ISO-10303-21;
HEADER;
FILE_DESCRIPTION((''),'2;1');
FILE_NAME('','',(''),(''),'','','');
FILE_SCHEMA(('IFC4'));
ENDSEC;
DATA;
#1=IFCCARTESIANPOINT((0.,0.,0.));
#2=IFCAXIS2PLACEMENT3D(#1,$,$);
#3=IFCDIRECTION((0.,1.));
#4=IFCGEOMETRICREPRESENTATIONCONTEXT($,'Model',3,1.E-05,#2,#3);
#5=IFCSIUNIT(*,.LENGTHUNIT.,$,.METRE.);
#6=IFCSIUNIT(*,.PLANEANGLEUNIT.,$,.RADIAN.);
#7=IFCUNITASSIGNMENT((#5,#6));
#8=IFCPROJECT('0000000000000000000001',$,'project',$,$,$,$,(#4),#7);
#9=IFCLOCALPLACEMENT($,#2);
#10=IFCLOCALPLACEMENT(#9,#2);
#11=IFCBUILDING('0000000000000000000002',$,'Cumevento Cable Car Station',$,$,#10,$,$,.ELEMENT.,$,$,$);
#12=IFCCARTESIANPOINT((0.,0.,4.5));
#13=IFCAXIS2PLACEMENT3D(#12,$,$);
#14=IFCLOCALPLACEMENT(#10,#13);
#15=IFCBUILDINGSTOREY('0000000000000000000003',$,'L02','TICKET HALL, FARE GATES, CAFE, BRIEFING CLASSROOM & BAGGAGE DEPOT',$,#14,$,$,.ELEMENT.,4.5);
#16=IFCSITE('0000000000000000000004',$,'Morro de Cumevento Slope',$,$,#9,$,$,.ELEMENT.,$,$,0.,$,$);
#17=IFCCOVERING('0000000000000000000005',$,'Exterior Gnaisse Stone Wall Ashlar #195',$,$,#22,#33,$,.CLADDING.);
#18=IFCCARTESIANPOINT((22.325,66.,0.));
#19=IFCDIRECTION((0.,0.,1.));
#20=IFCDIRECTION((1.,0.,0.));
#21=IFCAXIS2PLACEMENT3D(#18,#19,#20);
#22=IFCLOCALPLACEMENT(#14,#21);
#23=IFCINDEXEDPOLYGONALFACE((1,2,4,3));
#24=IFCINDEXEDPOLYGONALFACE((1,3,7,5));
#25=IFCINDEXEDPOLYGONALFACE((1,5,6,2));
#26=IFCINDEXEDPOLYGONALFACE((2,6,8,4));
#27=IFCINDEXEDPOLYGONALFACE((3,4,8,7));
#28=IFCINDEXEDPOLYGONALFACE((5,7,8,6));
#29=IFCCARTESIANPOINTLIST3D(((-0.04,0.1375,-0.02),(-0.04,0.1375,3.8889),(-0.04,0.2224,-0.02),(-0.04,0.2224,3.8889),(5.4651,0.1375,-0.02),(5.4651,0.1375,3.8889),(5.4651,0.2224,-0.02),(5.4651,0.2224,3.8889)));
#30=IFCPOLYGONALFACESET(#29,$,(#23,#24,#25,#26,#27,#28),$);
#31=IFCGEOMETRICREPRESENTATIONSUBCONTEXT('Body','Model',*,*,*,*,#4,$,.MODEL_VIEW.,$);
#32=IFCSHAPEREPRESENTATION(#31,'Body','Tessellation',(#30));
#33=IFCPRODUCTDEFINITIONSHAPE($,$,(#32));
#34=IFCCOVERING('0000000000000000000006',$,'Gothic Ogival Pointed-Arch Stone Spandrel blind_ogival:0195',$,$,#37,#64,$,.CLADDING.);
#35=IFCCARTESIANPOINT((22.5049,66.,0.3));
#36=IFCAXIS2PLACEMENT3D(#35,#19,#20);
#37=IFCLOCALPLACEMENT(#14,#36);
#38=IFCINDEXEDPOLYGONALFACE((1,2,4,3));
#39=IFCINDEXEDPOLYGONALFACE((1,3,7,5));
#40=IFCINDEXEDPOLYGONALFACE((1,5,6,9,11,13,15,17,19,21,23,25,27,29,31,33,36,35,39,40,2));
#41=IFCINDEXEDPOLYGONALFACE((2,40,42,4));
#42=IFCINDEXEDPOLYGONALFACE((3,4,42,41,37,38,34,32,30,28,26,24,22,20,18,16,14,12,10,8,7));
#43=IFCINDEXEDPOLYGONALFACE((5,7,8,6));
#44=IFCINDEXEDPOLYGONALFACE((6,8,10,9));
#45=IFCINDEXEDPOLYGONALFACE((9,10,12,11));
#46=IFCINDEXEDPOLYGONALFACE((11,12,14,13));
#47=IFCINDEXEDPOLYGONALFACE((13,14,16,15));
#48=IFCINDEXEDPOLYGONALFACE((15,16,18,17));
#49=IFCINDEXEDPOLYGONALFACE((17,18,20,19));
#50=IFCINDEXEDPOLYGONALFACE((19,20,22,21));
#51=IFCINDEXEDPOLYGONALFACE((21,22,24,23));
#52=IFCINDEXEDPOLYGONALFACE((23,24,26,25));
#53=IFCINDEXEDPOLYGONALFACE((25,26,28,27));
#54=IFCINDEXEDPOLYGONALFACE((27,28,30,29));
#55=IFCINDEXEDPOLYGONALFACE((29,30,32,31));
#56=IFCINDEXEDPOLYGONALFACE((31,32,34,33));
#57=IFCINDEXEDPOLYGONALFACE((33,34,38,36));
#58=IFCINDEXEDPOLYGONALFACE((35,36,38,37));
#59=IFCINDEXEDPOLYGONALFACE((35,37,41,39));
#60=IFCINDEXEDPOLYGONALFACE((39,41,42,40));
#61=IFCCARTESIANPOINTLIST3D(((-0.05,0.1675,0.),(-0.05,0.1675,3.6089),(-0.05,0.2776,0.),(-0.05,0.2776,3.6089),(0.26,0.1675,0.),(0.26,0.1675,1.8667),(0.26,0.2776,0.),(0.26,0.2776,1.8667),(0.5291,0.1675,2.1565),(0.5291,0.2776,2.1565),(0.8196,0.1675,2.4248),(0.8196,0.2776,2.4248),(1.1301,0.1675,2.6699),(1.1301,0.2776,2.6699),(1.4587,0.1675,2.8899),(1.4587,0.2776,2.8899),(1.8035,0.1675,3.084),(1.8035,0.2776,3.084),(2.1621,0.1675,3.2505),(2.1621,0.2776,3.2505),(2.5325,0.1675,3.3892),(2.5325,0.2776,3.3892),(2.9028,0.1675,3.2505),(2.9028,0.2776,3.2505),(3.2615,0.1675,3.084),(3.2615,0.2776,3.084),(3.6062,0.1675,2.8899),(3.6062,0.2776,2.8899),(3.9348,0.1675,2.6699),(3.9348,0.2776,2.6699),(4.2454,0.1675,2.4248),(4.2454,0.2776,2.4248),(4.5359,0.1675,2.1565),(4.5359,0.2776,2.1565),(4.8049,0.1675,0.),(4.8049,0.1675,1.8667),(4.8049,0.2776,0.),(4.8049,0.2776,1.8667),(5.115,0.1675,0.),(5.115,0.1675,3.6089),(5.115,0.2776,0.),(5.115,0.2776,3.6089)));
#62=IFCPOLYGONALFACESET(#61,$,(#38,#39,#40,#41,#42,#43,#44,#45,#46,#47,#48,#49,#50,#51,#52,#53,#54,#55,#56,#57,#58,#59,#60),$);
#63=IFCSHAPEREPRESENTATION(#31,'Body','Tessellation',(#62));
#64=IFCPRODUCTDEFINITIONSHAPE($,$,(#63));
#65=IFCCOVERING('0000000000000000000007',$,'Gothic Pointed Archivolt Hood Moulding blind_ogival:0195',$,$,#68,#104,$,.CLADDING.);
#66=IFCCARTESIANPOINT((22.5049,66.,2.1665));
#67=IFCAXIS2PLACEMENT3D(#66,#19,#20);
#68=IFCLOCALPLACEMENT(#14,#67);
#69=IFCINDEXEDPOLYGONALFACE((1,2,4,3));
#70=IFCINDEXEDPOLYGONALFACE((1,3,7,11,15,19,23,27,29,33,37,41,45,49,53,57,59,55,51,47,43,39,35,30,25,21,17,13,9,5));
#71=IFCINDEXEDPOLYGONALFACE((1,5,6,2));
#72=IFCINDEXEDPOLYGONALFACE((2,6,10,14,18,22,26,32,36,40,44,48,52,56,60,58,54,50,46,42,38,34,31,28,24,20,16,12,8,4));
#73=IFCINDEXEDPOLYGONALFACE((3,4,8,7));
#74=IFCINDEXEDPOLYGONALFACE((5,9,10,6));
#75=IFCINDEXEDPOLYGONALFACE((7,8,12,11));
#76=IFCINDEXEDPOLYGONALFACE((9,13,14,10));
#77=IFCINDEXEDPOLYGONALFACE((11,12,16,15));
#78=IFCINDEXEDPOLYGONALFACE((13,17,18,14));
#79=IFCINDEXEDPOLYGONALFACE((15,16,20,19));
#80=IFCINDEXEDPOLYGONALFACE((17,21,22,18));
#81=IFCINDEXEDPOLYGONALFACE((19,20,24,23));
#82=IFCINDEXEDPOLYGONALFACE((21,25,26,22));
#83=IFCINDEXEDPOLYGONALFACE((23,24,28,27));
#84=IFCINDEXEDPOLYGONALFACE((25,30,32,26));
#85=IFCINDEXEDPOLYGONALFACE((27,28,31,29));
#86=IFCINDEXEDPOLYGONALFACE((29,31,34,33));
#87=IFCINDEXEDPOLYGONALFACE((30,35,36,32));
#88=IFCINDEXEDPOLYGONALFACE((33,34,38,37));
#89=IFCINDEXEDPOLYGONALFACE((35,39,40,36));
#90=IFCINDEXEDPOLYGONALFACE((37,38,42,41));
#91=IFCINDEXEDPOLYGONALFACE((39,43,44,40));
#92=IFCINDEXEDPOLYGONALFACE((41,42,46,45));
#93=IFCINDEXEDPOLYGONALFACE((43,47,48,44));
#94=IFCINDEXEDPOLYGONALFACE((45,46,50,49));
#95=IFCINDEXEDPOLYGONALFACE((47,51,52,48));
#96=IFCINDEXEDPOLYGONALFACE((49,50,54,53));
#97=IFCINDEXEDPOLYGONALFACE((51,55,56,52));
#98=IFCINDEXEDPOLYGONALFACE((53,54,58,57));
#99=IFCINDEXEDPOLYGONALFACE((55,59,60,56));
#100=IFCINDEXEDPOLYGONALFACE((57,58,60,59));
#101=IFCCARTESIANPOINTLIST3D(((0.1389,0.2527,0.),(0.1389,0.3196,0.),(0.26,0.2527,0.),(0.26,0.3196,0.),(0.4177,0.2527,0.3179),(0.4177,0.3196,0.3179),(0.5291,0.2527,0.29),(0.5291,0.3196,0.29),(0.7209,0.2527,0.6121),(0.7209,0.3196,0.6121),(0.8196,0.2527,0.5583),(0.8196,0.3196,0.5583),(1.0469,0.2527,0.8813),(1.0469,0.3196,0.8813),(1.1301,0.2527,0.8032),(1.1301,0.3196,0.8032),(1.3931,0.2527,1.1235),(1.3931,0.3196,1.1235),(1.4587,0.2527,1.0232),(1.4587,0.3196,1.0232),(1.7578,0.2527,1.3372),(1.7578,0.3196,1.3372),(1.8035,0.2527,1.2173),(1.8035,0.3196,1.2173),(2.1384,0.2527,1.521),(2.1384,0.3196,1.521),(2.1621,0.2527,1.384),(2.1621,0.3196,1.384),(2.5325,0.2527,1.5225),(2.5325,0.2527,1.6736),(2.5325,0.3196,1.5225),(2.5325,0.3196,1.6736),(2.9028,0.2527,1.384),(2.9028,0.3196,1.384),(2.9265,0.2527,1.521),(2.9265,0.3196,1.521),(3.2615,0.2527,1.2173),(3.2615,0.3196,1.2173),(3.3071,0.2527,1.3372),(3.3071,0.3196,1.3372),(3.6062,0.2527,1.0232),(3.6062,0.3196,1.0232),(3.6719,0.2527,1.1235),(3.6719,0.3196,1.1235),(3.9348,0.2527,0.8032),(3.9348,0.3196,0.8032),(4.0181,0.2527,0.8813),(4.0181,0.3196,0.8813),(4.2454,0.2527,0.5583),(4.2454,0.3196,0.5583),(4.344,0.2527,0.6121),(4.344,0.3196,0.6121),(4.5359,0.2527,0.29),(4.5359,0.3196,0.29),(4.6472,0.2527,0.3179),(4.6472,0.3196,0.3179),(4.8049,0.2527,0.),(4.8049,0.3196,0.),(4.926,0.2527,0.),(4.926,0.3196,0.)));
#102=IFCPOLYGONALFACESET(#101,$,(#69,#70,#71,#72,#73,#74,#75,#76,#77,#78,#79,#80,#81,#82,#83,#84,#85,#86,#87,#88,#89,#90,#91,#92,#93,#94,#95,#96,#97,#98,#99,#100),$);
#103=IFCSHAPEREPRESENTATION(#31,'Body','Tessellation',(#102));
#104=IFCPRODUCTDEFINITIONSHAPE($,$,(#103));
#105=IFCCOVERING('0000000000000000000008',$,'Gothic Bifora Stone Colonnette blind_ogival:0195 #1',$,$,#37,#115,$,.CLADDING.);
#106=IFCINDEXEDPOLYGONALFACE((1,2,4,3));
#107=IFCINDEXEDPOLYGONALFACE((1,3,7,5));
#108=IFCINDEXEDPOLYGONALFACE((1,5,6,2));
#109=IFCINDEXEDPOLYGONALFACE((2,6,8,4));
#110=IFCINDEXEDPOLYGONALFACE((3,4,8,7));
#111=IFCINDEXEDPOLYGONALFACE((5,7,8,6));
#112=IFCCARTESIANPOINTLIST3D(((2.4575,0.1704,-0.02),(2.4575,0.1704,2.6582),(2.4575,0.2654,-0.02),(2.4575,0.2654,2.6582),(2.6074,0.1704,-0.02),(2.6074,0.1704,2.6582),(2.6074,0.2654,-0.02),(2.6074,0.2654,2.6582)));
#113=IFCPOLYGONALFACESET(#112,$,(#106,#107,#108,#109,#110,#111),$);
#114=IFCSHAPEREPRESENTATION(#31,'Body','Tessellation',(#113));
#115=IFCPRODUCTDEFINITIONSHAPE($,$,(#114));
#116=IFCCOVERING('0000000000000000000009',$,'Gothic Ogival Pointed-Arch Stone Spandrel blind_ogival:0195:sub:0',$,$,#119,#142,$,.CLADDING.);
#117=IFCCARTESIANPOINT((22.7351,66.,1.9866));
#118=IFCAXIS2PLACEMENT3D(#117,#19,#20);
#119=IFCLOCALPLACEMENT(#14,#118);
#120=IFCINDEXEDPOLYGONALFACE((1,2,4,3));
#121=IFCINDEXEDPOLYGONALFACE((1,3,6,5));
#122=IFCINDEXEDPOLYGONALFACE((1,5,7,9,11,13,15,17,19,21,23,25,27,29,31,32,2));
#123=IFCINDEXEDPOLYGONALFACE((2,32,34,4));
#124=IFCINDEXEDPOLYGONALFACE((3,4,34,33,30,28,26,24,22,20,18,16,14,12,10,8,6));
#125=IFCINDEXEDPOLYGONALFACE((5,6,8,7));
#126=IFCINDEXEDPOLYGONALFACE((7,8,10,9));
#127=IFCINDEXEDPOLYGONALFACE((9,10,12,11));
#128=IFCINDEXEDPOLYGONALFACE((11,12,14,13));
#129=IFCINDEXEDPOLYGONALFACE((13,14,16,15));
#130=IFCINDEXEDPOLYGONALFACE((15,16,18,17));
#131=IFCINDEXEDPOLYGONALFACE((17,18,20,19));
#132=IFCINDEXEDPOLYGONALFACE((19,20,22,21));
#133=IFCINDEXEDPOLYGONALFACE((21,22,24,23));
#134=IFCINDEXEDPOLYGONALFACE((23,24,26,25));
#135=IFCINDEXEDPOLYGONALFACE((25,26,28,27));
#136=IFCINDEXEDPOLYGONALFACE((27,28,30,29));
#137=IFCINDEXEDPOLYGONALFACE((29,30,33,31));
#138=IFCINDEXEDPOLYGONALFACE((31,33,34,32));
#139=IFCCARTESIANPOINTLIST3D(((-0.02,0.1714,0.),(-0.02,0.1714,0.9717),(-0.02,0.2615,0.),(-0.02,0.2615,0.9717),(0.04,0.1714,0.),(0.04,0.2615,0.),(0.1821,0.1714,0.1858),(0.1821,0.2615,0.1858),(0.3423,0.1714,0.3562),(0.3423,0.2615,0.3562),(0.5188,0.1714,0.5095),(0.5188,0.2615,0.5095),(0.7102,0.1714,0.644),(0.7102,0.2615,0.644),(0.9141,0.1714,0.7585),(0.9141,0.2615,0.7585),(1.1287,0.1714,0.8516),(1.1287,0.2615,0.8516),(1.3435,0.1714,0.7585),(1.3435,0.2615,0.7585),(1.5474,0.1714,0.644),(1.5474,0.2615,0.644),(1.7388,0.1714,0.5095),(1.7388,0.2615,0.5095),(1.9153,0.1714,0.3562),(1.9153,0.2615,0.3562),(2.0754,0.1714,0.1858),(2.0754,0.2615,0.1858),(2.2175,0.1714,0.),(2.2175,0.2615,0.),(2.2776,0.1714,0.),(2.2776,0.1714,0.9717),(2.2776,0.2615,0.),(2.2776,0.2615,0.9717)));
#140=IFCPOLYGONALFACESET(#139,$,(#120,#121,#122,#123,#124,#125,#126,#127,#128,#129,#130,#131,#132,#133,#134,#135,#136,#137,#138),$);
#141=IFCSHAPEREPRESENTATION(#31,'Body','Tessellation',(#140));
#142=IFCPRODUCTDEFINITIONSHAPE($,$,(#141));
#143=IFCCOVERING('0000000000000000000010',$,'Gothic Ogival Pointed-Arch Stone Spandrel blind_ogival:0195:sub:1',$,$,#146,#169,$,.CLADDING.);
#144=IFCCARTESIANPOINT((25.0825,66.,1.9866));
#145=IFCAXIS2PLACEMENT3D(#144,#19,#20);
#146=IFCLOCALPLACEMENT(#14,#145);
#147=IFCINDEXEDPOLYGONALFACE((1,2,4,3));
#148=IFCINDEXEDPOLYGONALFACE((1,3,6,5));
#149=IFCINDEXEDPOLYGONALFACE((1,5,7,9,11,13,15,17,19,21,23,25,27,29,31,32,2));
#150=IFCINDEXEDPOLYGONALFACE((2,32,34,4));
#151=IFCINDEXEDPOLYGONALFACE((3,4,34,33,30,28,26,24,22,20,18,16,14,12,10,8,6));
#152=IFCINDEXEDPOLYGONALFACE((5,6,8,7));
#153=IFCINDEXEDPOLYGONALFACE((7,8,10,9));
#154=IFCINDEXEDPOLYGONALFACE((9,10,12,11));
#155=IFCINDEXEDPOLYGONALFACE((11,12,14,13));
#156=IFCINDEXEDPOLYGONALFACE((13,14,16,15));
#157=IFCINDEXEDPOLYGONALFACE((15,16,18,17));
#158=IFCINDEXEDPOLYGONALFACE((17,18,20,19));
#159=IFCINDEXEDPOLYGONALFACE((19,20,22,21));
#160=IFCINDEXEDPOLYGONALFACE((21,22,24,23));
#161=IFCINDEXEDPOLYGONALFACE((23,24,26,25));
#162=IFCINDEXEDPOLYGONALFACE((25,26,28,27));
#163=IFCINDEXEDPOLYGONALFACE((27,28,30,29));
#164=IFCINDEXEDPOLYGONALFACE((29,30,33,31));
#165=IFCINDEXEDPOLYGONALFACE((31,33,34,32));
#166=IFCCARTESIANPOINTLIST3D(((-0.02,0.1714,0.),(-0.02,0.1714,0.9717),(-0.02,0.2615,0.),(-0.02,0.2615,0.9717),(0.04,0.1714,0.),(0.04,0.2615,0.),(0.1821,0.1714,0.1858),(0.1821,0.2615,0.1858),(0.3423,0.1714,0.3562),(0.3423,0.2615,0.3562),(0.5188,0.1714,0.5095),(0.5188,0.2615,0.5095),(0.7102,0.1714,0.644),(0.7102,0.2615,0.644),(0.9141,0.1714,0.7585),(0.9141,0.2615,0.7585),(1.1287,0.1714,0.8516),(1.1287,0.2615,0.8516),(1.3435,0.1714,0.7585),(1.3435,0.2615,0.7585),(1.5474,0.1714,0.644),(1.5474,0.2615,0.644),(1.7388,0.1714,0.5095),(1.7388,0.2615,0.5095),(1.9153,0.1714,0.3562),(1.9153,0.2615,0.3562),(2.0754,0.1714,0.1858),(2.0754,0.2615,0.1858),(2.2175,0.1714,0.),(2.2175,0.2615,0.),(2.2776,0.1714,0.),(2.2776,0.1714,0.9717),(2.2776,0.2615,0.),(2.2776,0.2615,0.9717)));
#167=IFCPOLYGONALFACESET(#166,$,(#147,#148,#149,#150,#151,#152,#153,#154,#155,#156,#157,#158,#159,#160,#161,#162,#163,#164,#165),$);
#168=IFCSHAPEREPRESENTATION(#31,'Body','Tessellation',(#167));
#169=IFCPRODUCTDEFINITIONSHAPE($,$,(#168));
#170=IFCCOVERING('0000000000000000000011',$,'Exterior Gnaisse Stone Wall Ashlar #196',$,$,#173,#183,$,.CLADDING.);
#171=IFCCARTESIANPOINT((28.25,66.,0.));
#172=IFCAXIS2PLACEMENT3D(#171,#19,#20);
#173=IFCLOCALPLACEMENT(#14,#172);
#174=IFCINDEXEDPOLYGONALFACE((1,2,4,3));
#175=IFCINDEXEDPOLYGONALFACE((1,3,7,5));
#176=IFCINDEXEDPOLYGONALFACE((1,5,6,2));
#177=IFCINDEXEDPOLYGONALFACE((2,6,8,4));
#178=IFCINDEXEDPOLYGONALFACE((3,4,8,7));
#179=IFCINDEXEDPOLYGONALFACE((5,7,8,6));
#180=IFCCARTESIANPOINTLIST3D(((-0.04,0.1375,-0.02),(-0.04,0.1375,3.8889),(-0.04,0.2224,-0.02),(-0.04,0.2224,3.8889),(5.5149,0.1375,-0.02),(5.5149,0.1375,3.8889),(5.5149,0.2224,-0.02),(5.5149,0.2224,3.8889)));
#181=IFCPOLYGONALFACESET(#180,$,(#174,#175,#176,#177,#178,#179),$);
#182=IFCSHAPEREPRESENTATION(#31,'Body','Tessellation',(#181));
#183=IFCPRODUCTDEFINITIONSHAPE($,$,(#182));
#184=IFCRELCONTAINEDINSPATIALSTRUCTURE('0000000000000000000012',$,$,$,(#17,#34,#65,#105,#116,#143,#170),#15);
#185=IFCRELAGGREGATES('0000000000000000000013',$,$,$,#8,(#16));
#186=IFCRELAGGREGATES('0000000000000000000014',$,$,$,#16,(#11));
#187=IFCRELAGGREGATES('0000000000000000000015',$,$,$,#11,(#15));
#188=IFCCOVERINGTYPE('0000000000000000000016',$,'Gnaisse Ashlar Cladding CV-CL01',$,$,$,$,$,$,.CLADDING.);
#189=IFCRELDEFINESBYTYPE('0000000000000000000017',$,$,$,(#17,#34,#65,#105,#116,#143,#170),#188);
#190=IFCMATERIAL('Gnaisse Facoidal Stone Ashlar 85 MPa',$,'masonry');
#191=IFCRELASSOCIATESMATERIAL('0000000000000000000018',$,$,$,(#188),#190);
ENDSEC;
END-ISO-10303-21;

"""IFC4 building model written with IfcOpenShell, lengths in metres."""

from ifc_helpers import new_model, si_unit, direction, frame, origin, place, context, subcontext, project, spatial, polyline, outline, extrude, material, type_object, element, save


model = new_model("IFC4")

# Units and contexts
model_context = context("Model", 3, precision=1e-05, world=origin(), true_north=direction((0.0, 1.0)))
body_context = subcontext(model_context, "Body", "Model", "MODEL_VIEW")
ifc_project = project(units=[si_unit("LENGTHUNIT", "METRE"), si_unit("PLANEANGLEUNIT", "RADIAN")], contexts=[model_context])

# Site, building, storey
site_placement = place(None, origin())
site = spatial("IfcSite", under=ifc_project, at=site_placement, Name="Morro de Cumevento Slope", CompositionType="ELEMENT", RefElevation=0.0)
building_placement = place(site_placement, origin())
building = spatial("IfcBuilding", under=site, at=building_placement, Name="Cumevento Cable Car Station", CompositionType="ELEMENT")
storey_placement = place(building_placement, frame((0.0, 0.0, 4.5)))
storey = spatial("IfcBuildingStorey", under=building, at=storey_placement, Name="L02", Description="TICKET HALL, FARE GATES, CAFE, BRIEFING CLASSROOM & BAGGAGE DEPOT", CompositionType="ELEMENT", Elevation=4.5)

# Coverings
ifc_material_1 = material(Name="Gnaisse Facoidal Stone Ashlar 85 MPa", Category="masonry")
covering_type = type_object("IfcCoveringType", Name="Gnaisse Ashlar Cladding CV-CL01", PredefinedType="CLADDING", material=ifc_material_1)
covering_1_placement = place(storey_placement, frame((22.325, 66.0, 0.0), z_axis=(0.0, 0.0, 1.0), x_axis=(1.0, 0.0, 0.0)))
element("IfcCovering", 1, at=covering_1_placement, inside=storey, type_object=covering_type, Name="Exterior Gnaisse Stone Wall Ashlar #195", PredefinedType="CLADDING", context=body_context, shape_type="SweptSolid", body=[
    extrude(outline(polyline([(-0.04, -0.02), (5.4651, -0.02), (5.4651, 3.8889), (-0.04, 3.8889), (-0.04, -0.02)])), frame((0.0, 0.2224, 0.0), z_axis=(0.0, -1.0, 0.0), x_axis=(1.0, 0.0, 0.0)), (0.0, 0.0, 1.0), 0.085),
])
placement_1 = place(storey_placement, frame((22.5049, 66.0, 0.3), z_axis=(0.0, 0.0, 1.0), x_axis=(1.0, 0.0, 0.0)))
element("IfcCovering", 2, at=placement_1, inside=storey, type_object=covering_type, Name="Gothic Ogival Pointed-Arch Stone Spandrel blind_ogival:0195", PredefinedType="CLADDING", context=body_context, shape_type="SweptSolid", body=[
    extrude(outline(polyline([(-0.05, 0.0), (-0.05, 3.6089), (5.115, 3.6089), (5.115, 0.0), (4.8049, 0.0), (4.8049, 1.8667), (4.5359, 2.1565), (4.2454, 2.4248), (3.9348, 2.6699), (3.6062, 2.8899), (3.2615, 3.084), (2.9028, 3.2505), (2.5325, 3.3892), (2.1621, 3.2505), (1.8035, 3.084), (1.4587, 2.8899), (1.1301, 2.6699), (0.8196, 2.4248), (0.5291, 2.1565), (0.26, 1.8667), (0.26, 0.0), (-0.05, 0.0)])), frame((0.0, 0.2776, 0.0), z_axis=(0.0, -1.0, 0.0), x_axis=(1.0, 0.0, 0.0)), (0.0, 0.0, 1.0), 0.1101),
])
covering_2_placement = place(storey_placement, frame((22.5049, 66.0, 2.1665), z_axis=(0.0, 0.0, 1.0), x_axis=(1.0, 0.0, 0.0)))
element("IfcCovering", 3, at=covering_2_placement, inside=storey, type_object=covering_type, Name="Gothic Pointed Archivolt Hood Moulding blind_ogival:0195", PredefinedType="CLADDING", context=body_context, shape_type="SweptSolid", body=[
    extrude(outline(polyline([(0.26, 0.0), (0.5291, 0.29), (0.8196, 0.5583), (1.1301, 0.8032), (1.4587, 1.0232), (1.8035, 1.2173), (2.1621, 1.384), (2.5325, 1.5225), (2.9028, 1.384), (3.2615, 1.2173), (3.6062, 1.0232), (3.9348, 0.8032), (4.2454, 0.5583), (4.5359, 0.29), (4.8049, 0.0), (4.926, 0.0), (4.6472, 0.3179), (4.344, 0.6121), (4.0181, 0.8813), (3.6719, 1.1235), (3.3071, 1.3372), (2.9265, 1.521), (2.5325, 1.6736), (2.1384, 1.521), (1.7578, 1.3372), (1.3931, 1.1235), (1.0469, 0.8813), (0.7209, 0.6121), (0.4177, 0.3179), (0.1389, 0.0), (0.26, 0.0)])), frame((0.0, 0.3196, 0.0), z_axis=(0.0, -1.0, 0.0), x_axis=(1.0, 0.0, 0.0)), (0.0, 0.0, 1.0), 0.0669),
])
element("IfcCovering", 4, at=placement_1, inside=storey, type_object=covering_type, Name="Gothic Bifora Stone Colonnette blind_ogival:0195 #1", PredefinedType="CLADDING", context=body_context, shape_type="SweptSolid", body=[
    extrude(outline(polyline([(2.4575, -0.02), (2.6074, -0.02), (2.6074, 2.6582), (2.4575, 2.6582), (2.4575, -0.02)])), frame((0.0, 0.2654, 0.0), z_axis=(0.0, -1.0, 0.0), x_axis=(1.0, 0.0, 0.0)), (0.0, 0.0, 1.0), 0.095),
])
for number, where, z_axis, x_axis, name in (
    (5, (22.7351, 66.0, 1.9866), (0.0, 0.0, 1.0), (1.0, 0.0, 0.0), "Gothic Ogival Pointed-Arch Stone Spandrel blind_ogival:0195:sub:0"),
    (6, (25.0825, 66.0, 1.9866), (0.0, 0.0, 1.0), (1.0, 0.0, 0.0), "Gothic Ogival Pointed-Arch Stone Spandrel blind_ogival:0195:sub:1"),
):
    element("IfcCovering", number, at=place(storey_placement, frame(where, z_axis=z_axis, x_axis=x_axis)), inside=storey, type_object=covering_type, Name=name, PredefinedType="CLADDING", context=body_context, shape_type="SweptSolid", body=[
        extrude(outline(polyline([(-0.02, 0.0), (-0.02, 0.9717), (2.2776, 0.9717), (2.2776, 0.0), (2.2175, 0.0), (2.0754, 0.1858), (1.9153, 0.3562), (1.7388, 0.5095), (1.5474, 0.644), (1.3435, 0.7585), (1.1287, 0.8516), (0.9141, 0.7585), (0.7102, 0.644), (0.5188, 0.5095), (0.3423, 0.3562), (0.1821, 0.1858), (0.04, 0.0), (-0.02, 0.0)])), frame((0.0, 0.2615, 0.0), z_axis=(0.0, -1.0, 0.0), x_axis=(1.0, 0.0, 0.0)), (0.0, 0.0, 1.0), 0.0901),
    ])
covering_3_placement = place(storey_placement, frame((28.25, 66.0, 0.0), z_axis=(0.0, 0.0, 1.0), x_axis=(1.0, 0.0, 0.0)))
element("IfcCovering", 7, at=covering_3_placement, inside=storey, type_object=covering_type, Name="Exterior Gnaisse Stone Wall Ashlar #196", PredefinedType="CLADDING", context=body_context, shape_type="SweptSolid", body=[
    extrude(outline(polyline([(-0.04, -0.02), (5.5149, -0.02), (5.5149, 3.8889), (-0.04, 3.8889), (-0.04, -0.02)])), frame((0.0, 0.2224, 0.0), z_axis=(0.0, -1.0, 0.0), x_axis=(1.0, 0.0, 0.0)), (0.0, 0.0, 1.0), 0.085),
])

save(model, "model.ifc")
